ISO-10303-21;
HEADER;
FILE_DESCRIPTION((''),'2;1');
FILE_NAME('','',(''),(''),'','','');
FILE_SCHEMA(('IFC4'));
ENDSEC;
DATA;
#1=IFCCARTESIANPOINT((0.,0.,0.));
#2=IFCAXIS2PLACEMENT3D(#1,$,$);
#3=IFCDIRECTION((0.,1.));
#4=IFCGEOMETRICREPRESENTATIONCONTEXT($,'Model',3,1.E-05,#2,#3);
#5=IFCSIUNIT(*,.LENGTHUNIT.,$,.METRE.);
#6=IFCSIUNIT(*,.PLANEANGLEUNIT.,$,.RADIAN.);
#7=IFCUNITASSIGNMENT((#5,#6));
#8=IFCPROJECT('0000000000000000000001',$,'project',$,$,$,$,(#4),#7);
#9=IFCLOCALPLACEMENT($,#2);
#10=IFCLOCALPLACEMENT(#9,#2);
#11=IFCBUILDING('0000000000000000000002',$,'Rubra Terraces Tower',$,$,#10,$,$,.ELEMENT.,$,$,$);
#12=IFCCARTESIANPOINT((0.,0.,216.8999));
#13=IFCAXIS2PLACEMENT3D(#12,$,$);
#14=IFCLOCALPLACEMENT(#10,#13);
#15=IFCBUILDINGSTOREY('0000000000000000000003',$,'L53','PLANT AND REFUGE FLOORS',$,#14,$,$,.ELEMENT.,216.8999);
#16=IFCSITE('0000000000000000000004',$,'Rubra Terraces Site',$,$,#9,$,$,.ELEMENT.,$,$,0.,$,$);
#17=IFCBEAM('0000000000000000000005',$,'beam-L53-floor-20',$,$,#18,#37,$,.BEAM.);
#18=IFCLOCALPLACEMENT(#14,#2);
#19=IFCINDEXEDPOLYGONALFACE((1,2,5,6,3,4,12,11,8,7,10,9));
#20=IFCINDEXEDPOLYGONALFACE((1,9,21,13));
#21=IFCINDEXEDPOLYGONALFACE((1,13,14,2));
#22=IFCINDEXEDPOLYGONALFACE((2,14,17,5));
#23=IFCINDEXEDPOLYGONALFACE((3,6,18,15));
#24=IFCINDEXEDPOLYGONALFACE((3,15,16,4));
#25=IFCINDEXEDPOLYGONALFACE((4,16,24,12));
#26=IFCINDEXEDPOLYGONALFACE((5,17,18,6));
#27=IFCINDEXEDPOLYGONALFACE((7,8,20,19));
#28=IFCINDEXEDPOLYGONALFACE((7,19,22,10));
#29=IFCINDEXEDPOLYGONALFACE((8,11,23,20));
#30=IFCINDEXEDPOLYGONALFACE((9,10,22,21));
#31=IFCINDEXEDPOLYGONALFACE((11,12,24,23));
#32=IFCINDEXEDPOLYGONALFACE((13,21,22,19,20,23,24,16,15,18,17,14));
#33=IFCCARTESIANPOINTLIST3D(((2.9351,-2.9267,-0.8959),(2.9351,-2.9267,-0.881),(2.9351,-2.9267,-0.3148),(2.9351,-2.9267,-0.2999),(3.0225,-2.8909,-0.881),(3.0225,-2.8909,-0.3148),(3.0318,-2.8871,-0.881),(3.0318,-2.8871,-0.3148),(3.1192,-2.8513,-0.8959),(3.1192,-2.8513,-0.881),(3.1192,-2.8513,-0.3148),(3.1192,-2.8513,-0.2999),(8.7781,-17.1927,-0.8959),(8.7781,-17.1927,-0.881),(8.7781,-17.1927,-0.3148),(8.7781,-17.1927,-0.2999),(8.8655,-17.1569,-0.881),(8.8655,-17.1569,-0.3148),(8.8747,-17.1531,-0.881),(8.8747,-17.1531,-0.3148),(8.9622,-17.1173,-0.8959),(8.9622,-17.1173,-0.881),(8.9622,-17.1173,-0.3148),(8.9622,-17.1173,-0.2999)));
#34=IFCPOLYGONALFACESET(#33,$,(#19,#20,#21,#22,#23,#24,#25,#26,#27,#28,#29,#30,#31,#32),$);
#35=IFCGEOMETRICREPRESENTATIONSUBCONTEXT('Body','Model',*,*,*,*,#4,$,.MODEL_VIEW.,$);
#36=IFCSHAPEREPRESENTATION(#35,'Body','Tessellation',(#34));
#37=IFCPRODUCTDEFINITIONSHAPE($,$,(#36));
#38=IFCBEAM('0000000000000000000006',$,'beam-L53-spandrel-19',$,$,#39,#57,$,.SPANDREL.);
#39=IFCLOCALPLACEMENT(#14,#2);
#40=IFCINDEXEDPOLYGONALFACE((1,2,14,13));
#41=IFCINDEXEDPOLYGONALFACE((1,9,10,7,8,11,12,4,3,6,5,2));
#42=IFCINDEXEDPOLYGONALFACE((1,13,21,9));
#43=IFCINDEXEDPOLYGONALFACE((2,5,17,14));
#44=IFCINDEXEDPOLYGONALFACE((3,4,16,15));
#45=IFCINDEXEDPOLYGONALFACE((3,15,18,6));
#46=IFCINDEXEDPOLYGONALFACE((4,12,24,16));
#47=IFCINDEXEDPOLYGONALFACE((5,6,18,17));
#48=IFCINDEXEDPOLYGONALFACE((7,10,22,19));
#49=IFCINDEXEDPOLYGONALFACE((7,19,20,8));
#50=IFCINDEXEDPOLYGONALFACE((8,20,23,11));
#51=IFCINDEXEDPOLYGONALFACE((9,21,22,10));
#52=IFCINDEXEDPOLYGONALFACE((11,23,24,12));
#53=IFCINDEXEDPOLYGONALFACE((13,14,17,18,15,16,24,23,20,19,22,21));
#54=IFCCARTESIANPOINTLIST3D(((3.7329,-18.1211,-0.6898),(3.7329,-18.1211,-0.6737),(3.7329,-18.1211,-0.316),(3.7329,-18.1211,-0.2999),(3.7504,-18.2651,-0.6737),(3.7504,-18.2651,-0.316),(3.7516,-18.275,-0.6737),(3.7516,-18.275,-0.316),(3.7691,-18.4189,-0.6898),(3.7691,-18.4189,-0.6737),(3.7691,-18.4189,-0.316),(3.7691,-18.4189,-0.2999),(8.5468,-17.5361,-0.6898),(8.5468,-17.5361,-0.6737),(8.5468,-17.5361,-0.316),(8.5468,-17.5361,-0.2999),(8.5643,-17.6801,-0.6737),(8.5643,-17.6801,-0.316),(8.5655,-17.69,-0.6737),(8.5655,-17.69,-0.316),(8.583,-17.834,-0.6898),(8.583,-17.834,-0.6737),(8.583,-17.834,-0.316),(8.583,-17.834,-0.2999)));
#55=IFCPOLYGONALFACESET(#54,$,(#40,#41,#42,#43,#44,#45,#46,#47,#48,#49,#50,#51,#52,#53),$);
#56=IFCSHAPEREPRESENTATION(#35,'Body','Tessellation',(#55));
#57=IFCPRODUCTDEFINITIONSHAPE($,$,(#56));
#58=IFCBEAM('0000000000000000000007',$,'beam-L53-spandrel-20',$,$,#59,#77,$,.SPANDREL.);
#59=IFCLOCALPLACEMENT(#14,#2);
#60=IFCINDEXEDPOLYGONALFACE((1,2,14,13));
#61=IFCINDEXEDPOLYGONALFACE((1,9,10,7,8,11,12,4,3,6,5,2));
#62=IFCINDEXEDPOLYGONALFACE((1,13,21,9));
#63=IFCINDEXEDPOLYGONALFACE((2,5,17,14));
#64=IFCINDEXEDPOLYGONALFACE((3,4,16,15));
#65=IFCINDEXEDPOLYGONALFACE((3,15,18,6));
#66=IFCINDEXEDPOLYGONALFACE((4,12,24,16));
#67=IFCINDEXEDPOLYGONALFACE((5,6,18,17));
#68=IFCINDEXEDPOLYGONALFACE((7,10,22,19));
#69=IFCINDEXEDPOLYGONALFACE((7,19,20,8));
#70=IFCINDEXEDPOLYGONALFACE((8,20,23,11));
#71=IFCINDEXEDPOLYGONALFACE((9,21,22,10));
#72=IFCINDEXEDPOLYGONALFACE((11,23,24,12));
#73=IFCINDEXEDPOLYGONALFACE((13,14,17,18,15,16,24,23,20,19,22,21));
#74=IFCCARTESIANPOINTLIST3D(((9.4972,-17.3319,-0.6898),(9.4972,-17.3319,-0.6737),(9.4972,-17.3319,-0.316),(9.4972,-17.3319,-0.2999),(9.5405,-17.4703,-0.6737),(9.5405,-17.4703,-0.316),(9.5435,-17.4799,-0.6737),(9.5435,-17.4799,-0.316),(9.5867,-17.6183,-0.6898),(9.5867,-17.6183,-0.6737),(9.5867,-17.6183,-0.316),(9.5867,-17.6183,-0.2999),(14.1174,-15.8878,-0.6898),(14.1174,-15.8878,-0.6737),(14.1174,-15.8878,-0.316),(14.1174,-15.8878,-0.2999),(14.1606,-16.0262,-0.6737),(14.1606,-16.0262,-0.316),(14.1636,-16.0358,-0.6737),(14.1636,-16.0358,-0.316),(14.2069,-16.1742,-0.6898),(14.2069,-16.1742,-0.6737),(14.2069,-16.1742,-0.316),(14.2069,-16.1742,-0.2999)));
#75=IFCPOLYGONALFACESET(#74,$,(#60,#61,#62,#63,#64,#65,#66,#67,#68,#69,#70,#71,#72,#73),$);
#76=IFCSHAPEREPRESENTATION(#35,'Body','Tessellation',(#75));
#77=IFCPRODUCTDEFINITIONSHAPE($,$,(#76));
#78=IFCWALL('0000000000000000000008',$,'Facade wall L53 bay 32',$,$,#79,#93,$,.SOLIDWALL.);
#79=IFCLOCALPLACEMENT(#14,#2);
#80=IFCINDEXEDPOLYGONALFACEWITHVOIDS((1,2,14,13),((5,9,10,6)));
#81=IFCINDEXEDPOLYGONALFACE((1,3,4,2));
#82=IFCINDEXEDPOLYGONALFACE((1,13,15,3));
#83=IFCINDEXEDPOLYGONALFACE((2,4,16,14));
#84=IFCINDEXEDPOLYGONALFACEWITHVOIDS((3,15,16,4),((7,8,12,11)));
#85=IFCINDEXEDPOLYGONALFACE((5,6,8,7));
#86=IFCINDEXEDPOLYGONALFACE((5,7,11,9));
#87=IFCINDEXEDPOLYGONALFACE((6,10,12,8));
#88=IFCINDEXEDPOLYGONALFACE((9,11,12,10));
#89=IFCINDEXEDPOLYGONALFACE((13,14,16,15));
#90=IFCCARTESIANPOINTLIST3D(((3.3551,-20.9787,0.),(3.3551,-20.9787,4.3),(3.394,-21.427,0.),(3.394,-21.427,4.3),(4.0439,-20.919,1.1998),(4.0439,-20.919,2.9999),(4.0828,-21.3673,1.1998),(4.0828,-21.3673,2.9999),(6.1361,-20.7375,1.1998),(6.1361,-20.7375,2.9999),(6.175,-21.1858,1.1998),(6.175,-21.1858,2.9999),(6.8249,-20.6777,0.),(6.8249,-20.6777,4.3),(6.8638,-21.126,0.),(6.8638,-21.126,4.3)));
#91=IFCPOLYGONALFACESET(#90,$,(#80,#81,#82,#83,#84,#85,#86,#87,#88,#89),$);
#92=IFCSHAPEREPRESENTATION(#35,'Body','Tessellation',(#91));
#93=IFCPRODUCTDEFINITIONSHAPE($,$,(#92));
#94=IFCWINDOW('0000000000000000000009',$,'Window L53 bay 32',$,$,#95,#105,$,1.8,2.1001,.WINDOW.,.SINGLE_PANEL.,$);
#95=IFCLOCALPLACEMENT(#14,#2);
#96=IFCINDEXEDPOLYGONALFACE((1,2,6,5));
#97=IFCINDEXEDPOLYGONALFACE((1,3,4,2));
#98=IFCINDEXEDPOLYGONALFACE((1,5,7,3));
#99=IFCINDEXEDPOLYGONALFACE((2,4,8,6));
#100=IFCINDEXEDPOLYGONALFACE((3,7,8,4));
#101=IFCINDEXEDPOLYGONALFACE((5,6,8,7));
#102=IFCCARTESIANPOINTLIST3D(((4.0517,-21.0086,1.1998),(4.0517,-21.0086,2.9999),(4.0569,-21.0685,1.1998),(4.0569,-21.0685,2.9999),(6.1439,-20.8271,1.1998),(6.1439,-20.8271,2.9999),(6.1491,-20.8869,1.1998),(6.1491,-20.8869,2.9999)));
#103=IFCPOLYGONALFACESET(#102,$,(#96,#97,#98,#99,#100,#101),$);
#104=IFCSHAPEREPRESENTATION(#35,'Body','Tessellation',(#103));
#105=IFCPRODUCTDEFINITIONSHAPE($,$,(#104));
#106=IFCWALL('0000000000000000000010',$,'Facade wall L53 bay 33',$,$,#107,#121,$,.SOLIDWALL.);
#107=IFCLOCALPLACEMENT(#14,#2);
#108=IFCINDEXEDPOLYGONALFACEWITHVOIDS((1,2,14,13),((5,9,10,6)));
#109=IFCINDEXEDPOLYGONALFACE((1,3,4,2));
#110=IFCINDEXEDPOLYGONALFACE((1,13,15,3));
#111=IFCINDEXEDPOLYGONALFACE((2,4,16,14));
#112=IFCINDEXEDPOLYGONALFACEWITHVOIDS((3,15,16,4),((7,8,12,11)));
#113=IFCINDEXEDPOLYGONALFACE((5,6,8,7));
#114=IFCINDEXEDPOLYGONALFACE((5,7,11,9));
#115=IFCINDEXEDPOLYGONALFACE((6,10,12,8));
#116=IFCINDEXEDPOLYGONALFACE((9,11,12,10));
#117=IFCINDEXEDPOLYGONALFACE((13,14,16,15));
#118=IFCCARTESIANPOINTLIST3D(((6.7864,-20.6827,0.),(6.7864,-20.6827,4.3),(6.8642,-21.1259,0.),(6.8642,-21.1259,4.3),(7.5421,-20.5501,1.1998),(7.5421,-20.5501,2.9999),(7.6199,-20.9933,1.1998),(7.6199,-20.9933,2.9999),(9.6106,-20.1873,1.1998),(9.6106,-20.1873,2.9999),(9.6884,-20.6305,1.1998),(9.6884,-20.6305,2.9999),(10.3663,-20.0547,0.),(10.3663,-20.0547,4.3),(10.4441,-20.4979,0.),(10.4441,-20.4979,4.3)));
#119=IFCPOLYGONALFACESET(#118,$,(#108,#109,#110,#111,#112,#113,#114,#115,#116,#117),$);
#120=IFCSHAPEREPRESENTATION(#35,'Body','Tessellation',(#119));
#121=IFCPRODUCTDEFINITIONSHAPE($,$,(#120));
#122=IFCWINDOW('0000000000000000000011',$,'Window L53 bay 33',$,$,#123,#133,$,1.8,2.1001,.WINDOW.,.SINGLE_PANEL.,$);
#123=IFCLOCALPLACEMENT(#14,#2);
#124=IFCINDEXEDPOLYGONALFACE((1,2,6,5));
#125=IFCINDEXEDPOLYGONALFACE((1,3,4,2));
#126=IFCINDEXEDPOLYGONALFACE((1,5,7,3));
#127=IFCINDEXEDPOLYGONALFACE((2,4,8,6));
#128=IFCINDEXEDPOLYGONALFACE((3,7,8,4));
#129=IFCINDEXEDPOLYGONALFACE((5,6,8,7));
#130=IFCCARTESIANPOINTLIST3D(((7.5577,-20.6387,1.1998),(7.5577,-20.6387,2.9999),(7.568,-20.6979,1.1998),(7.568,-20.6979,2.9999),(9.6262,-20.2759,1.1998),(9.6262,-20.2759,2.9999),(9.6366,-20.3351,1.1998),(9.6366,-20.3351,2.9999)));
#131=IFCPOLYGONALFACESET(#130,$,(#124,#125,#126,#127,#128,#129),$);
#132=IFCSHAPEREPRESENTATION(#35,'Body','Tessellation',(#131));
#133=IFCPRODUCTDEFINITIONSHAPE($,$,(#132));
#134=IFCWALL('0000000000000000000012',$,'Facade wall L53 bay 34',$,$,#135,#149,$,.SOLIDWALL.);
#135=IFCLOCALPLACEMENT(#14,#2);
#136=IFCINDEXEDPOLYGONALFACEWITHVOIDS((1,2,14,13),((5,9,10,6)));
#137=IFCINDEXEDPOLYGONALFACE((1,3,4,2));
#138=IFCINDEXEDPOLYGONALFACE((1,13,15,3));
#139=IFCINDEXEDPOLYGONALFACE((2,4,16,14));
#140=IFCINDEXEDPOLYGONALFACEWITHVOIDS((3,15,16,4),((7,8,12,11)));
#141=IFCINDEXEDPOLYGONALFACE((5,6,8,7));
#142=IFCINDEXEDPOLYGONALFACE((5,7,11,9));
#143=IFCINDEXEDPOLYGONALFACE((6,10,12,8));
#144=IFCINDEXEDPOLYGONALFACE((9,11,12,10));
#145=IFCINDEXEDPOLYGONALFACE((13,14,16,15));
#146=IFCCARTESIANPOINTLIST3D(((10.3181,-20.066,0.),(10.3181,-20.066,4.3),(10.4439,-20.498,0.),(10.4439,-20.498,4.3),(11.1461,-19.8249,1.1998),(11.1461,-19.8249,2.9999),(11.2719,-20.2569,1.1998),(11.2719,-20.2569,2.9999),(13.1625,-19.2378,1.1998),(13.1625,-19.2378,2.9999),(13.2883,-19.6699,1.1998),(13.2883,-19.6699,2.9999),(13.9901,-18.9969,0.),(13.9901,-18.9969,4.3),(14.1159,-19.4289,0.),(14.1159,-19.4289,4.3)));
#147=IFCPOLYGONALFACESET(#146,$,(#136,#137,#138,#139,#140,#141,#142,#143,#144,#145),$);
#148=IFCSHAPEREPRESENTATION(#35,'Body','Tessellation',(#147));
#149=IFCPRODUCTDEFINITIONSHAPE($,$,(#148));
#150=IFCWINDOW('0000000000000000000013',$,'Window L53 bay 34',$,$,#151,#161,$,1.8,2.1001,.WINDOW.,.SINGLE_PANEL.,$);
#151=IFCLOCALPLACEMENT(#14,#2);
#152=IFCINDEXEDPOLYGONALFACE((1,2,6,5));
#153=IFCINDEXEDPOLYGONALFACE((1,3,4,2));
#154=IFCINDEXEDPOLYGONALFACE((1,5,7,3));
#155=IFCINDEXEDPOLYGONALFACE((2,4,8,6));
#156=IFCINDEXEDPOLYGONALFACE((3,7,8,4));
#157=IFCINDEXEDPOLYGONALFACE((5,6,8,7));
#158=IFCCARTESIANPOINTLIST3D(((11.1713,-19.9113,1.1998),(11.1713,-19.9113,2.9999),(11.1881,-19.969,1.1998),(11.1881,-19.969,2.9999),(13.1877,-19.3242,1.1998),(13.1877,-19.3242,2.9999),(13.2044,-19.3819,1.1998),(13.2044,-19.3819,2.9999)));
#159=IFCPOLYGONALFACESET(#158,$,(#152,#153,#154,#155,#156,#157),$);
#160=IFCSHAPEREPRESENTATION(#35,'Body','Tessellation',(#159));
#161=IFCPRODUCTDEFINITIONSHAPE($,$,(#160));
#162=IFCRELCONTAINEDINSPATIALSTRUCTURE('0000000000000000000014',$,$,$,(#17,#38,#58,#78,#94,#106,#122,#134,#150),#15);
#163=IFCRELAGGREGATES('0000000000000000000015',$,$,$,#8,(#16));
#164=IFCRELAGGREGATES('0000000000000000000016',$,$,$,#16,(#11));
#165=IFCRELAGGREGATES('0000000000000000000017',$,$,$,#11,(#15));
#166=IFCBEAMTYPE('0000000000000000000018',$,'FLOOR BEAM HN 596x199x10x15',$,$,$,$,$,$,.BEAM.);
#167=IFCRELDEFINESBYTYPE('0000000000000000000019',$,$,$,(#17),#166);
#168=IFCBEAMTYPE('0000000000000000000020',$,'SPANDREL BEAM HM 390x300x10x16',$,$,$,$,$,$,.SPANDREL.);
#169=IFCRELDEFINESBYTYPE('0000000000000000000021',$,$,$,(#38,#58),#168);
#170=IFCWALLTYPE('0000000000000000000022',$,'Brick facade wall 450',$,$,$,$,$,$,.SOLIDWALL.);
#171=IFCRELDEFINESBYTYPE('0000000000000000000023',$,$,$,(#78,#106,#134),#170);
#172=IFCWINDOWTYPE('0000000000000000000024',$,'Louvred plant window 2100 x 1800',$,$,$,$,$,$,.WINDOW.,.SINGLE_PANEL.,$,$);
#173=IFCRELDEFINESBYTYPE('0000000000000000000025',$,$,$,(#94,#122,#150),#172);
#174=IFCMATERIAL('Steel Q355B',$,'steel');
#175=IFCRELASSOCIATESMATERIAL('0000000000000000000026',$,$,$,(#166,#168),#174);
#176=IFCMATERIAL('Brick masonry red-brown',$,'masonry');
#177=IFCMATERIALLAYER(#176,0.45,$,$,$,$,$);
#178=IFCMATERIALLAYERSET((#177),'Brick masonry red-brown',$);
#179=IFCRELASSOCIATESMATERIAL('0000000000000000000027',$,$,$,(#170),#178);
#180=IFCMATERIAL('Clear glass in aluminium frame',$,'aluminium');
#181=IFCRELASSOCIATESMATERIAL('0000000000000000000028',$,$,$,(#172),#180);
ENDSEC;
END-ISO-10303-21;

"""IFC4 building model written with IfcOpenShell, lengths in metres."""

from ifc_helpers import new_model, si_unit, direction, frame, frame_2d, origin, origin_2d, place, context, subcontext, project, spatial, rectangle, i_section, extrude, material, layer, layer_set, material_profile, profile_set, type_object, element, fill, save


model = new_model("IFC4")

# Units and contexts
model_context = context("Model", 3, precision=1e-05, world=origin(), true_north=direction((0.0, 1.0)))
body_context = subcontext(model_context, "Body", "Model", "MODEL_VIEW")
ifc_project = project(units=[si_unit("LENGTHUNIT", "METRE"), si_unit("PLANEANGLEUNIT", "RADIAN")], contexts=[model_context])

# Site, building, storey
site_placement = place(None, origin())
site = spatial("IfcSite", under=ifc_project, at=site_placement, Name="Rubra Terraces Site", CompositionType="ELEMENT", RefElevation=0.0)
building_placement = place(site_placement, origin())
building = spatial("IfcBuilding", under=site, at=building_placement, Name="Rubra Terraces Tower", CompositionType="ELEMENT")
storey_placement = place(building_placement, frame((0.0, 0.0, 216.8999)))
storey = spatial("IfcBuildingStorey", under=building, at=storey_placement, Name="L53", Description="PLANT AND REFUGE FLOORS", CompositionType="ELEMENT", Elevation=216.8999)

# Shared definitions
ifc_material_1 = material(Name="Steel Q355B", Category="steel")

# Beams
ifc_material_profile_1 = material_profile(ifc_material_1, i_section(OverallWidth=0.199, OverallDepth=0.5959, WebThickness=0.01, FlangeThickness=0.0149, at=origin_2d()), Name="HN 596x199x10x15")
ifc_profile_set_1 = profile_set([ifc_material_profile_1], Name="Steel Q355B")
beam_type_1 = type_object("IfcBeamType", Name="FLOOR BEAM HN 596x199x10x15", PredefinedType="BEAM", material=ifc_profile_set_1)
beam_1_placement = place(storey_placement, frame((8.8701, -17.155, -0.5979), z_axis=(-0.379015, 0.92539, 0.0), x_axis=(-0.92539, -0.379015, 0.0)))
element("IfcBeam", 1, at=beam_1_placement, inside=storey, type_object=beam_type_1, Name="beam-L53-floor-20", PredefinedType="BEAM", context=body_context, shape_type="SweptSolid", body=[
    extrude(i_section(OverallWidth=0.199, OverallDepth=0.5959, WebThickness=0.01, FlangeThickness=0.0149, at=origin_2d()), origin(), (0.0, 0.0, 1.0), 15.4163),
])
ifc_material_profile_2 = material_profile(ifc_material_1, i_section(OverallWidth=0.3, OverallDepth=0.3899, WebThickness=0.01, FlangeThickness=0.0161, at=origin_2d()), Name="HM 390x300x10x16")
ifc_profile_set_2 = profile_set([ifc_material_profile_2], Name="Steel Q355B")
beam_type_2 = type_object("IfcBeamType", Name="SPANDREL BEAM HM 390x300x10x16", PredefinedType="SPANDREL", material=ifc_profile_set_2)
beam_2_placement = place(storey_placement, frame((3.751, -18.27, -0.4949), z_axis=(0.992698, 0.120626, 0.0), x_axis=(-0.120626, 0.992698, 0.0)))
element("IfcBeam", 2, at=beam_2_placement, inside=storey, type_object=beam_type_2, Name="beam-L53-spandrel-19", PredefinedType="SPANDREL", context=body_context, shape_type="SweptSolid", body=[
    extrude(i_section(OverallWidth=0.3, OverallDepth=0.3899, WebThickness=0.01, FlangeThickness=0.0161, at=origin_2d()), origin(), (0.0, 0.0, 1.0), 4.8494),
])
beam_3_placement = place(storey_placement, frame((9.542, -17.4751, -0.4949), z_axis=(0.954462, 0.298332, 0.0), x_axis=(-0.298332, 0.954462, 0.0)))
element("IfcBeam", 3, at=beam_3_placement, inside=storey, type_object=beam_type_2, Name="beam-L53-spandrel-20", PredefinedType="SPANDREL", context=body_context, shape_type="SweptSolid", body=[
    extrude(i_section(OverallWidth=0.3, OverallDepth=0.3899, WebThickness=0.01, FlangeThickness=0.0161, at=origin_2d()), origin(), (0.0, 0.0, 1.0), 4.8406),
])

# Walls, openings, windows
ifc_material_2 = material(Name="Brick masonry red-brown", Category="masonry")
ifc_layer_1 = layer(ifc_material_2, 0.45)
ifc_layer_set_1 = layer_set([ifc_layer_1], Name="Brick masonry red-brown")
wall_type_1 = type_object("IfcWallType", Name="Brick facade wall 450", PredefinedType="SOLIDWALL", material=ifc_layer_set_1)
wall_1_placement = place(storey_placement, frame((3.3745, -21.2029, 0.0), z_axis=(0.0, 0.0, 1.0), x_axis=(0.996258, 0.086427, 0.0)))
wall_1 = element("IfcWall", 4, at=wall_1_placement, inside=storey, type_object=wall_type_1, Name="Facade wall L53 bay 32", PredefinedType="SOLIDWALL", context=body_context, shape_type="SweptSolid", body=[
    extrude(rectangle(XDim=3.4829, YDim=0.45, at=frame_2d((1.7415, 0.0))), origin(), (0.0, 0.0, 1.0), 4.3),
])
opening_1_placement = place(wall_1_placement, frame((0.6914, 0.0, 1.2)))
opening_1 = element("IfcOpeningElement", 5, at=opening_1_placement, cuts=wall_1, PredefinedType="OPENING", context=body_context, shape_type="SweptSolid", body=[
    extrude(rectangle(XDim=2.1001, YDim=1.8, at=frame_2d((1.05, 0.8999))), frame((0.0, 0.2349, 0.0), z_axis=(0.0, -1.0, 0.0), x_axis=(1.0, 0.0, 0.0)), (0.0, 0.0, 1.0), 0.47),
])
ifc_material_3 = material(Name="Clear glass in aluminium frame", Category="aluminium")
window_type = type_object("IfcWindowType", Name="Louvred plant window 2100 x 1800", PartitioningType="SINGLE_PANEL", PredefinedType="WINDOW", material=ifc_material_3)
window_1_placement = place(opening_1_placement, origin())
window_1 = element("IfcWindow", 6, at=window_1_placement, inside=storey, type_object=window_type, Name="Window L53 bay 32", OverallHeight=1.8, OverallWidth=2.1001, PartitioningType="SINGLE_PANEL", PredefinedType="WINDOW", context=body_context, shape_type="SweptSolid", body=[
    extrude(rectangle(XDim=2.1001, YDim=1.8, at=frame_2d((1.05, 0.8999))), frame((0.0, 0.135, 0.0), z_axis=(0.0, -1.0, 0.0), x_axis=(1.0, 0.0, 0.0)), (0.0, 0.0, 1.0), 0.0601),
])
fill(opening_1, window_1)
wall_2_placement = place(storey_placement, frame((6.8252, -20.9043, 0.0), z_axis=(0.0, 0.0, 1.0), x_axis=(0.984962, 0.17277, 0.0)))
wall_2 = element("IfcWall", 7, at=wall_2_placement, inside=storey, type_object=wall_type_1, Name="Facade wall L53 bay 33", PredefinedType="SOLIDWALL", context=body_context, shape_type="SweptSolid", body=[
    extrude(rectangle(XDim=3.6345, YDim=0.45, at=frame_2d((1.8174, 0.0))), origin(), (0.0, 0.0, 1.0), 4.3),
])
opening_2_placement = place(wall_2_placement, frame((0.7673, 0.0, 1.2)))
opening_2 = element("IfcOpeningElement", 8, at=opening_2_placement, cuts=wall_2, PredefinedType="OPENING", context=body_context, shape_type="SweptSolid", body=[
    extrude(rectangle(XDim=2.1001, YDim=1.8, at=frame_2d((1.05, 0.8999))), frame((0.0, 0.2349, 0.0), z_axis=(0.0, -1.0, 0.0), x_axis=(1.0, 0.0, 0.0)), (0.0, 0.0, 1.0), 0.47),
])
window_2_placement = place(opening_2_placement, origin())
window_2 = element("IfcWindow", 9, at=window_2_placement, inside=storey, type_object=window_type, Name="Window L53 bay 33", OverallHeight=1.8, OverallWidth=2.1001, PartitioningType="SINGLE_PANEL", PredefinedType="WINDOW", context=body_context, shape_type="SweptSolid", body=[
    extrude(rectangle(XDim=2.1001, YDim=1.8, at=frame_2d((1.05, 0.8999))), frame((0.0, 0.135, 0.0), z_axis=(0.0, -1.0, 0.0), x_axis=(1.0, 0.0, 0.0)), (0.0, 0.0, 1.0), 0.0601),
])
fill(opening_2, window_2)
wall_3_placement = place(storey_placement, frame((10.3811, -20.282, 0.0), z_axis=(0.0, 0.0, 1.0), x_axis=(0.960131, 0.279549, 0.0)))
wall_3 = element("IfcWall", 10, at=wall_3_placement, inside=storey, type_object=wall_type_1, Name="Facade wall L53 bay 34", PredefinedType="SOLIDWALL", context=body_context, shape_type="SweptSolid", body=[
    extrude(rectangle(XDim=3.8245, YDim=0.45, at=frame_2d((1.9121, 0.0))), origin(), (0.0, 0.0, 1.0), 4.3),
])
opening_3_placement = place(wall_3_placement, frame((0.8623, 0.0, 1.2)))
opening_3 = element("IfcOpeningElement", 11, at=opening_3_placement, cuts=wall_3, PredefinedType="OPENING", context=body_context, shape_type="SweptSolid", body=[
    extrude(rectangle(XDim=2.1001, YDim=1.8, at=frame_2d((1.05, 0.8999))), frame((0.0, 0.2349, 0.0), z_axis=(0.0, -1.0, 0.0), x_axis=(1.0, 0.0, 0.0)), (0.0, 0.0, 1.0), 0.47),
])
window_3_placement = place(opening_3_placement, origin())
window_3 = element("IfcWindow", 12, at=window_3_placement, inside=storey, type_object=window_type, Name="Window L53 bay 34", OverallHeight=1.8, OverallWidth=2.1001, PartitioningType="SINGLE_PANEL", PredefinedType="WINDOW", context=body_context, shape_type="SweptSolid", body=[
    extrude(rectangle(XDim=2.1001, YDim=1.8, at=frame_2d((1.05, 0.8999))), frame((0.0, 0.135, 0.0), z_axis=(0.0, -1.0, 0.0), x_axis=(1.0, 0.0, 0.0)), (0.0, 0.0, 1.0), 0.0601),
])
fill(opening_3, window_3)

save(model, "model.ifc")
